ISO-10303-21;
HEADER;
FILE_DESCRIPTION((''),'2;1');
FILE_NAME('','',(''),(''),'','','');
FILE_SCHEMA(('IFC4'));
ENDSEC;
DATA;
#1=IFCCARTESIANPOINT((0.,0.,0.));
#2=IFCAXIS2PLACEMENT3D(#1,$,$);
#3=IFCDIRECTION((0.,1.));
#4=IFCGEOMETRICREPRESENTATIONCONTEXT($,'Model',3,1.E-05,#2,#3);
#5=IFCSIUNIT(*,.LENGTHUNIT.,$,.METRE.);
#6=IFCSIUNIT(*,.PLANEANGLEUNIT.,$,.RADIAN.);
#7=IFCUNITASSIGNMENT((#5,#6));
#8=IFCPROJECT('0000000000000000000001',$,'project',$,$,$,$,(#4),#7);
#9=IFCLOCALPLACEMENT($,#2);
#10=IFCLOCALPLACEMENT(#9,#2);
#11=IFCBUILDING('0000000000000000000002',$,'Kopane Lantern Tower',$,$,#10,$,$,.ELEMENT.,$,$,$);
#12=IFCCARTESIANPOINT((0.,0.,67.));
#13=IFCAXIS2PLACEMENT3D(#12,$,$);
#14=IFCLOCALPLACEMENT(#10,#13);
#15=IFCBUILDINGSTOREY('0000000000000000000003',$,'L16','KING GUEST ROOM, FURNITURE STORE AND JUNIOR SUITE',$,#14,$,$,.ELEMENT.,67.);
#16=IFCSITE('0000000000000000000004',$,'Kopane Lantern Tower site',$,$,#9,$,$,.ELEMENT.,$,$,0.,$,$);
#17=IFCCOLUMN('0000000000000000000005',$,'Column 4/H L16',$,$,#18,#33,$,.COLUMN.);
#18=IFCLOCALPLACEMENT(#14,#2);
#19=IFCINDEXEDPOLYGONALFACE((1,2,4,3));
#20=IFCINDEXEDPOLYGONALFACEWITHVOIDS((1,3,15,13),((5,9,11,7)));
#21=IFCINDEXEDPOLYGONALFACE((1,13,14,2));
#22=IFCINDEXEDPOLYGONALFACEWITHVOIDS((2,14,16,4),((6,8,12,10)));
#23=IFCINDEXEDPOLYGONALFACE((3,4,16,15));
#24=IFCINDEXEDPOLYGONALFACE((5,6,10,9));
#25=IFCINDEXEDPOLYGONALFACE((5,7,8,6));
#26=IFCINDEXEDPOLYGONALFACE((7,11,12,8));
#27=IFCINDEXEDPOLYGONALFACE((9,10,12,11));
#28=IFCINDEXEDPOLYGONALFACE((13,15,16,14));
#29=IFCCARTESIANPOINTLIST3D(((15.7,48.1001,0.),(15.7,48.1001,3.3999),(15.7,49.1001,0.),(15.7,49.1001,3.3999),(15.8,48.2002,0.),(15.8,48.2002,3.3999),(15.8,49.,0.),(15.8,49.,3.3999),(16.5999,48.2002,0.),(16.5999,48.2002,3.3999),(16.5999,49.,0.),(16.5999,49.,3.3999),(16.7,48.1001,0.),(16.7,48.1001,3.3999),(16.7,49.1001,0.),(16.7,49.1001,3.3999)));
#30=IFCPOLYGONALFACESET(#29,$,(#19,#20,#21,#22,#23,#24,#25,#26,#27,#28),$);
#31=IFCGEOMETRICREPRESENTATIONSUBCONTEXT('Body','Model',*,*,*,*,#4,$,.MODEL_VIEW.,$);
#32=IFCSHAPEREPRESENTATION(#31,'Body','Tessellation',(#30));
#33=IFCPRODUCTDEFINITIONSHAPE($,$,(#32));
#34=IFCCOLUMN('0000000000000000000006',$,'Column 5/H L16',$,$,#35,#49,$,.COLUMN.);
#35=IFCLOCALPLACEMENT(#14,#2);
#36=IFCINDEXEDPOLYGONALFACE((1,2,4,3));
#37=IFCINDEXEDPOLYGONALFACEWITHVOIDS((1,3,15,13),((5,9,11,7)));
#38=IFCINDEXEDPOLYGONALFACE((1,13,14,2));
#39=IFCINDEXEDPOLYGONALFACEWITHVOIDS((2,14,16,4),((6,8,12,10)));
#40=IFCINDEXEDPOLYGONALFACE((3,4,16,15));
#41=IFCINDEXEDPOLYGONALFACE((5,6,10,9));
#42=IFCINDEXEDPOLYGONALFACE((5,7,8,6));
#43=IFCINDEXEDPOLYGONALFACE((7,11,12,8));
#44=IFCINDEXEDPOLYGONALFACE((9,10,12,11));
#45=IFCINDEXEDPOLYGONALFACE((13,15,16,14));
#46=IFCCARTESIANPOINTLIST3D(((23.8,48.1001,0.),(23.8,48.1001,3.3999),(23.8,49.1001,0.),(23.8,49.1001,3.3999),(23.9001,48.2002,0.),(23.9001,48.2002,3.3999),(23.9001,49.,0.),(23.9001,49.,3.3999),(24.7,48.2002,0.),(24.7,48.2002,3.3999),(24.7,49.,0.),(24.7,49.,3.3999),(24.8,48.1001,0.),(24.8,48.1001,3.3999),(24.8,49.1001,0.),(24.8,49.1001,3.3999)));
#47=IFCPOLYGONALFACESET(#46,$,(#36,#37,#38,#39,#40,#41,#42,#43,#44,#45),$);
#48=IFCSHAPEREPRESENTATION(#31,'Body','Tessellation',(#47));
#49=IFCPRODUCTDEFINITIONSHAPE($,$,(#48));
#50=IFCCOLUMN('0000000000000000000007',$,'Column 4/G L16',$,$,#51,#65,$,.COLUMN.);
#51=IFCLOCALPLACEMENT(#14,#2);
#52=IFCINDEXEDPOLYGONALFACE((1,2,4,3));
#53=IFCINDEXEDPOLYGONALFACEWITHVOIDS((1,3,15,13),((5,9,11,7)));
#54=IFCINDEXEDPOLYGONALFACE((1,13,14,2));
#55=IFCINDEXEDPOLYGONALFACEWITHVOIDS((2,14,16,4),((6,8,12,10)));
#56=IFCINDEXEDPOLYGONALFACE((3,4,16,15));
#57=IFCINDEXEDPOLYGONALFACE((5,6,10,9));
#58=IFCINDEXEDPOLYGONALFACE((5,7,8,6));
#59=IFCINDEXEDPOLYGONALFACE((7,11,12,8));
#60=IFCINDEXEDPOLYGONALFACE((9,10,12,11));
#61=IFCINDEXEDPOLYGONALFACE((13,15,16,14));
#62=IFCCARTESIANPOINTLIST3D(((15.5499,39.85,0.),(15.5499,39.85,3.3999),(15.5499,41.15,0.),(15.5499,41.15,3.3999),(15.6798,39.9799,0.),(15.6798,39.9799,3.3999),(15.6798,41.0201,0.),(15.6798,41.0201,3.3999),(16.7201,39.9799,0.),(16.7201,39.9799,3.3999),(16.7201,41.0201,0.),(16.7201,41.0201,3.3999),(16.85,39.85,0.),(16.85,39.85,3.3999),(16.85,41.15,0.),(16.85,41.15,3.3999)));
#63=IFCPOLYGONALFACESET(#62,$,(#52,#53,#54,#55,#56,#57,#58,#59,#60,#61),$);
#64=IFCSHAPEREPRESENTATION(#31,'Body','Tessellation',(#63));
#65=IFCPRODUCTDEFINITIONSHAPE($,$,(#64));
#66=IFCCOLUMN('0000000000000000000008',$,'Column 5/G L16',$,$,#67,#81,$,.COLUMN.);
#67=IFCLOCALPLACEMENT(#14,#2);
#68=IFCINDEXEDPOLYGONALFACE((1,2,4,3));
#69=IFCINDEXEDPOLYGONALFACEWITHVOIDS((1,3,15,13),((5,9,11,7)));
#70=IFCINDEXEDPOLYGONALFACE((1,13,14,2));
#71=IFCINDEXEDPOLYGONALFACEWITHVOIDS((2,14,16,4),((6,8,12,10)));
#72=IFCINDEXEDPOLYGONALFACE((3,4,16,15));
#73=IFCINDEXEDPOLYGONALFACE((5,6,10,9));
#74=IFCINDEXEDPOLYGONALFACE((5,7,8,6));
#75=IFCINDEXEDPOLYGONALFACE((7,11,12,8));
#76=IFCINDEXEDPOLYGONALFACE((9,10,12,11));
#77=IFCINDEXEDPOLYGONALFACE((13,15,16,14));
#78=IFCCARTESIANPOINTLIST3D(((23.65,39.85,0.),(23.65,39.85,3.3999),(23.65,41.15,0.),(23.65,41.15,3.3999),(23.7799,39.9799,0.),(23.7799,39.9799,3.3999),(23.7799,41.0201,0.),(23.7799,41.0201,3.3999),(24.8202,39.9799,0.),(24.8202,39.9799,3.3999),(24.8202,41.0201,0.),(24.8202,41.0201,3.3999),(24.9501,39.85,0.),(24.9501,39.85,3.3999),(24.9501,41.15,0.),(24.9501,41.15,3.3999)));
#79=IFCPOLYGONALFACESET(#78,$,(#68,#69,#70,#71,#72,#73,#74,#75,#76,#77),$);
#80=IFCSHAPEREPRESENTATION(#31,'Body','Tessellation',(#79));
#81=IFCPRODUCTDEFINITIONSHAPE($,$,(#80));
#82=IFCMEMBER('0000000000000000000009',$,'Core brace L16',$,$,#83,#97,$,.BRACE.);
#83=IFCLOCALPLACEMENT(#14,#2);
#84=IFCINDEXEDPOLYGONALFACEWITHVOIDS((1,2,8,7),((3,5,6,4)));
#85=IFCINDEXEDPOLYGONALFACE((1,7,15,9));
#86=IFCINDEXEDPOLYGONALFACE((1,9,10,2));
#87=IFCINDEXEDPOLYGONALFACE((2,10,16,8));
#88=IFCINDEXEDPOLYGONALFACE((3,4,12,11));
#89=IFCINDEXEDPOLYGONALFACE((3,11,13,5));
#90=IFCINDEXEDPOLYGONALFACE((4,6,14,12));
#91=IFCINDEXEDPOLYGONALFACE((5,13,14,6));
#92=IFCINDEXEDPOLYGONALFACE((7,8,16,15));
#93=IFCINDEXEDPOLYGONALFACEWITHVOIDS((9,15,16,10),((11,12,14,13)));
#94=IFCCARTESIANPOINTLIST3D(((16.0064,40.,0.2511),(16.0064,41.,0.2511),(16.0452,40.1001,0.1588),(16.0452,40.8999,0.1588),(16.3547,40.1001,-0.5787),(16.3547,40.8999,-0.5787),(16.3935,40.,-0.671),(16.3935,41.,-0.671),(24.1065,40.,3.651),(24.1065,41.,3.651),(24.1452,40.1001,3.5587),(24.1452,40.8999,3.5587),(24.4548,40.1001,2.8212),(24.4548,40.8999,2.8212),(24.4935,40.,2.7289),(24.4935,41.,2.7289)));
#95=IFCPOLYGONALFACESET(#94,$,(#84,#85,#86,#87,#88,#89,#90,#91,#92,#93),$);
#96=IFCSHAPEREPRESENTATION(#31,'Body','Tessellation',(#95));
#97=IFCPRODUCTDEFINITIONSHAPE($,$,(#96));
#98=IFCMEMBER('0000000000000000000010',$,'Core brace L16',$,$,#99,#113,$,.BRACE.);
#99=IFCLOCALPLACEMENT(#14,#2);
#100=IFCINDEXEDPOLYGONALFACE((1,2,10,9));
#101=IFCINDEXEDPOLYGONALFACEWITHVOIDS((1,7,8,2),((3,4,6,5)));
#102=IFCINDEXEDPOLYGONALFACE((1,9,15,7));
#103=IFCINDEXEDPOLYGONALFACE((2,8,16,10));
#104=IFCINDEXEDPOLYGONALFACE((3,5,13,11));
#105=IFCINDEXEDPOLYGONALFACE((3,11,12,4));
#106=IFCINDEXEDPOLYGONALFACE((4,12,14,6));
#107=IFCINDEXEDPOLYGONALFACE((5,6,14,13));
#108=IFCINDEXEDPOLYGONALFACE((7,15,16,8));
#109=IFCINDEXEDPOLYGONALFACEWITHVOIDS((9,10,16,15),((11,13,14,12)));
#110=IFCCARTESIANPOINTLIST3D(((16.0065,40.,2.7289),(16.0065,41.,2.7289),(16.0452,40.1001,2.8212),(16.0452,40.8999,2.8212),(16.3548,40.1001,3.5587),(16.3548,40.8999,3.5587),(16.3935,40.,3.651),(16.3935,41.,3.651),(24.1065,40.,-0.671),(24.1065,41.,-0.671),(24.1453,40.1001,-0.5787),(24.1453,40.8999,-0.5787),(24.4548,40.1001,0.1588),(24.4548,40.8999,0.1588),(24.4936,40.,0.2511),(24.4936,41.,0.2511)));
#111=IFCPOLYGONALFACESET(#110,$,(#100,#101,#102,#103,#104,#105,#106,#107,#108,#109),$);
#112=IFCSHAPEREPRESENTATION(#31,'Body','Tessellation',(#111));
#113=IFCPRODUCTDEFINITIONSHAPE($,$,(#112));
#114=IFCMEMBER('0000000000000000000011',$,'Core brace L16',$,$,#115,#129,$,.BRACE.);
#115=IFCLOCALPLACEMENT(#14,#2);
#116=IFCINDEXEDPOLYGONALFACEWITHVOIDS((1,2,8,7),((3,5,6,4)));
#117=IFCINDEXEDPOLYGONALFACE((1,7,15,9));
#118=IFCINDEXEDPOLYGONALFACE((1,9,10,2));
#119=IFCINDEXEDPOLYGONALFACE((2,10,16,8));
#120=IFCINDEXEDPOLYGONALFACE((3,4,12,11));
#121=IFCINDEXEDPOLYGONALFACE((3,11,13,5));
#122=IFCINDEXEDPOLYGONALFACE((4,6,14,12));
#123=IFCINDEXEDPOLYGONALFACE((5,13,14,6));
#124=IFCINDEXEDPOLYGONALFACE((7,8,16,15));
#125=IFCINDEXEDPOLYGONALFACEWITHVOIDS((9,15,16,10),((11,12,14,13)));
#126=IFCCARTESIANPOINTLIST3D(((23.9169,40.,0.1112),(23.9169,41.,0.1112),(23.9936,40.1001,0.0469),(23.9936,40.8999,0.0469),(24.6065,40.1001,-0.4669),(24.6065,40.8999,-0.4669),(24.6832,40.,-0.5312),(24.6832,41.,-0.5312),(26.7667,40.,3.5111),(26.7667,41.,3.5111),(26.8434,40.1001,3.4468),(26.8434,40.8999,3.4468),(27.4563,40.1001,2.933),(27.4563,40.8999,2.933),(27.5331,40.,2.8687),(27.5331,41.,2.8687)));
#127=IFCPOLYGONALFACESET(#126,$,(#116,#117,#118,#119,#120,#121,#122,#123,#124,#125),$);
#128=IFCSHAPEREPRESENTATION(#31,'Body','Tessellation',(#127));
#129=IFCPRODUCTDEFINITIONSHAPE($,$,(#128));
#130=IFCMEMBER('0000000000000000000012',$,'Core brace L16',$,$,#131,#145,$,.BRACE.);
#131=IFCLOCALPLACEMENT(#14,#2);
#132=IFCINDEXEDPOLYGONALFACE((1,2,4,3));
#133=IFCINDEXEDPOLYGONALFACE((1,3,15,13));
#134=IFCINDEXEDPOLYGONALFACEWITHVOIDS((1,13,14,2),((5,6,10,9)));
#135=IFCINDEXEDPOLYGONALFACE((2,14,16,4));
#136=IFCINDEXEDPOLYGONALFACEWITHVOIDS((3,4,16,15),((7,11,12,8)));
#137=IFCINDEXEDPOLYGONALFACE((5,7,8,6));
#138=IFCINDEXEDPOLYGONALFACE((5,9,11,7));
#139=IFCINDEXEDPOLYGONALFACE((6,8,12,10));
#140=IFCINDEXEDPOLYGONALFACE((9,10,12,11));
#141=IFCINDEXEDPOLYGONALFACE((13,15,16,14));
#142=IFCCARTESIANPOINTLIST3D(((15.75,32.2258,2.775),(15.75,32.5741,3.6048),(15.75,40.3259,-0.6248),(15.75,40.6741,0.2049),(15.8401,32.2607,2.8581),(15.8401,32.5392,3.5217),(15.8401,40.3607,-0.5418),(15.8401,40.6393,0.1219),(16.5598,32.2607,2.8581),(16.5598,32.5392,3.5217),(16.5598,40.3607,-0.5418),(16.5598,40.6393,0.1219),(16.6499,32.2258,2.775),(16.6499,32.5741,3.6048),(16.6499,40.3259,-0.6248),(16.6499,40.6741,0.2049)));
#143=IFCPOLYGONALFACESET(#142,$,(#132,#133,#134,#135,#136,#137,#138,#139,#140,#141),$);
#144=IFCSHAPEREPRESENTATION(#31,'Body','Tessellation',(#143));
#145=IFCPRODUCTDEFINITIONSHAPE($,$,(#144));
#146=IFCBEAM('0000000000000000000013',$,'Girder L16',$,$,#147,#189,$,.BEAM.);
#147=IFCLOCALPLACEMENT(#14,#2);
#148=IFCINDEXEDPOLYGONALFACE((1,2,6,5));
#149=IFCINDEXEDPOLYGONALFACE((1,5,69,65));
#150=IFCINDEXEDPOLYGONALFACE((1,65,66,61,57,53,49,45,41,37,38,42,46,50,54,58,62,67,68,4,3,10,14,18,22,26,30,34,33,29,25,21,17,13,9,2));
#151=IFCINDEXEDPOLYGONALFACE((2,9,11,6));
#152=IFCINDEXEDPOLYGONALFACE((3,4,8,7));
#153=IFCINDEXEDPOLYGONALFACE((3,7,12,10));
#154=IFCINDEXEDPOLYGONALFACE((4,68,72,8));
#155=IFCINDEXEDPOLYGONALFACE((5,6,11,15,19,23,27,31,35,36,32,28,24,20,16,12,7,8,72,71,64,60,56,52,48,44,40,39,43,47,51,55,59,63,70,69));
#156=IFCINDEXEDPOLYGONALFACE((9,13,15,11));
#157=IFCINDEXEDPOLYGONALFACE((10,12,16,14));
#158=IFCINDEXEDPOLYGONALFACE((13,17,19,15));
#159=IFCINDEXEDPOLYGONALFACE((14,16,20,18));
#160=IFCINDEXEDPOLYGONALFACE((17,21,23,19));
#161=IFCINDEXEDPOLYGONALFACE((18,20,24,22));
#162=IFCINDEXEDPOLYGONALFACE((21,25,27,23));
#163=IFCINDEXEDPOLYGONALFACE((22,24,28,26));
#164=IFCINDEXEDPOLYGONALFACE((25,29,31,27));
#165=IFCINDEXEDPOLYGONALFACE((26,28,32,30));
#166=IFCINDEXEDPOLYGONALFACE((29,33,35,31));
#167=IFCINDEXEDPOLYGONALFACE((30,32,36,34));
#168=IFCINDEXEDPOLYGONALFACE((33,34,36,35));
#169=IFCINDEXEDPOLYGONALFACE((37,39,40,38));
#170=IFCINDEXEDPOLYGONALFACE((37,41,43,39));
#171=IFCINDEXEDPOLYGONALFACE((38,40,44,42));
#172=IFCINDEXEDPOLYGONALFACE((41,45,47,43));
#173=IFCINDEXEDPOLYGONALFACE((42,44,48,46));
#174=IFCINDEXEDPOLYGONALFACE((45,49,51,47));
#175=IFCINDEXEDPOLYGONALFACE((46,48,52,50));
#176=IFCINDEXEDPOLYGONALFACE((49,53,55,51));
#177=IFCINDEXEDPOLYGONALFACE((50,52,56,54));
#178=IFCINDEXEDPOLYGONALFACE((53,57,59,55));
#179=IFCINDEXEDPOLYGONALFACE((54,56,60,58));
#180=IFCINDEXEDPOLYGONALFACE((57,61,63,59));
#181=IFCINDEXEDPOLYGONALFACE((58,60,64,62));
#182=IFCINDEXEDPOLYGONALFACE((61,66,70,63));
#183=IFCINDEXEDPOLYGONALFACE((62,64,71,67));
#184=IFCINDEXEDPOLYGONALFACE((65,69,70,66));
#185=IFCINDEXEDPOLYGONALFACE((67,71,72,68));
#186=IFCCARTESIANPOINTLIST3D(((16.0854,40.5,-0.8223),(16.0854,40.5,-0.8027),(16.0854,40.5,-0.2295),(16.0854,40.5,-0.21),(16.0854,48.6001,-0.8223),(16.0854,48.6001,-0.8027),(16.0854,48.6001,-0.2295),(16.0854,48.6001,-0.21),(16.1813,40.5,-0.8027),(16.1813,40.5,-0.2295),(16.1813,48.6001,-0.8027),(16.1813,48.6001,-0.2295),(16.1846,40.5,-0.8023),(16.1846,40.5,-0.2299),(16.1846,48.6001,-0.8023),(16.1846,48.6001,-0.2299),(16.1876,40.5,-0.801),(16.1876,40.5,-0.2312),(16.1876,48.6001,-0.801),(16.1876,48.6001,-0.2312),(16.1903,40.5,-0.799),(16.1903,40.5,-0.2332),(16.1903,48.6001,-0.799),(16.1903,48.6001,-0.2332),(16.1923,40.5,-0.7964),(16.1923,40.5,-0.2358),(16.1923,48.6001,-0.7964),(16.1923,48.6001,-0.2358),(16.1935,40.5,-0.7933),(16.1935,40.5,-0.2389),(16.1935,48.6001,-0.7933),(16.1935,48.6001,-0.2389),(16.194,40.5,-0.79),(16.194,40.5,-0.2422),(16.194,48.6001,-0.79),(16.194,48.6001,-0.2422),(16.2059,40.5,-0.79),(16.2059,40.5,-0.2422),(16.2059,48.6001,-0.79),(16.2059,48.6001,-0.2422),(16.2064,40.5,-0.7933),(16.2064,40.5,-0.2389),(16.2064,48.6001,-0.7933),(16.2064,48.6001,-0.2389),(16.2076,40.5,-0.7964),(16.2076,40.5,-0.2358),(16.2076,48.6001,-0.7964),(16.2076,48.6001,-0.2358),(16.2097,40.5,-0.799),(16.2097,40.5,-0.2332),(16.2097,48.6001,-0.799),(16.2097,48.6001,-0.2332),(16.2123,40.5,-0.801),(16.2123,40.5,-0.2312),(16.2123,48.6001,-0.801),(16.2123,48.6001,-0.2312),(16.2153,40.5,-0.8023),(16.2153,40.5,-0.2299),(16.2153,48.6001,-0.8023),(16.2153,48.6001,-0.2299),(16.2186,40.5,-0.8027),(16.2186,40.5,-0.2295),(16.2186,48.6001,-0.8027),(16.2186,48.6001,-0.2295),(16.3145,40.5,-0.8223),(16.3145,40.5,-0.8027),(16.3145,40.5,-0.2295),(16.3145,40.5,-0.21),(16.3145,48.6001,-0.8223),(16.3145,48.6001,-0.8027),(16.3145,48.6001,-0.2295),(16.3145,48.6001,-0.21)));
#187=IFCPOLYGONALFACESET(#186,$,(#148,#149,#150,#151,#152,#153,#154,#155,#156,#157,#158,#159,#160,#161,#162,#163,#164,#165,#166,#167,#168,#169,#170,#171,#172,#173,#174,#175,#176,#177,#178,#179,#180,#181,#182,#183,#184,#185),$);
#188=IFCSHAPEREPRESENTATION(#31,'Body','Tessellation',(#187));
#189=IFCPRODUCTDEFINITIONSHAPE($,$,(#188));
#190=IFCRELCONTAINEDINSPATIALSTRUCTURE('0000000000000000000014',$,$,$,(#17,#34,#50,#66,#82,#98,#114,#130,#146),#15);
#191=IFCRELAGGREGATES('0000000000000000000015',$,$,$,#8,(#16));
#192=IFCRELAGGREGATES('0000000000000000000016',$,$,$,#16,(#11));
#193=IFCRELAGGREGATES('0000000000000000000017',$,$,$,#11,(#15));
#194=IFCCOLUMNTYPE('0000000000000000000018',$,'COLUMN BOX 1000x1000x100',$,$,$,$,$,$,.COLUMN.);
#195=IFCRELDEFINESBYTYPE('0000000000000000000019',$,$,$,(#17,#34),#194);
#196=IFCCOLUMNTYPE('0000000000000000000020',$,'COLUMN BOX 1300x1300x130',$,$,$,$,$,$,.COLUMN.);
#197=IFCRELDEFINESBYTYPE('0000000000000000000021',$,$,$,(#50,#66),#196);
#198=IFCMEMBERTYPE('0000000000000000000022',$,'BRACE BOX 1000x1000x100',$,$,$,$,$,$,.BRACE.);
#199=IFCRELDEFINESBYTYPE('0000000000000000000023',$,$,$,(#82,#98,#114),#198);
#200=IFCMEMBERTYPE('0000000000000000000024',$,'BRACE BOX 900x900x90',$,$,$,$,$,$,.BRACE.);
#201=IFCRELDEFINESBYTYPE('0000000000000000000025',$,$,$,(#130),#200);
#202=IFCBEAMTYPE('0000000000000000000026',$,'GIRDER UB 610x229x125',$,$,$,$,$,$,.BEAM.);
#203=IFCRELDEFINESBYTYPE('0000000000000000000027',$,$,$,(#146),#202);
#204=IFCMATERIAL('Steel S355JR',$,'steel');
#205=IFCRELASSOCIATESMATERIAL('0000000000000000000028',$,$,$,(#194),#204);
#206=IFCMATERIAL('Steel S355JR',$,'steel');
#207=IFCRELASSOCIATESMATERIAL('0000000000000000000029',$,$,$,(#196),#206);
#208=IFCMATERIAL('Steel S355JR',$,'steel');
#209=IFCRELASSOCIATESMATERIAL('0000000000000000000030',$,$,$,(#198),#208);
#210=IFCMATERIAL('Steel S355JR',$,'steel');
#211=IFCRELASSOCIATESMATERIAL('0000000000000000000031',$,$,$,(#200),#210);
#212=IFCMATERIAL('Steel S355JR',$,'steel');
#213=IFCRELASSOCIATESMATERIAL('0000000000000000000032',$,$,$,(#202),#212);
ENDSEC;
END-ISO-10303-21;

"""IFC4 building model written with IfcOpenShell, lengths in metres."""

from ifc_helpers import new_model, si_unit, direction, frame, origin, origin_2d, place, context, subcontext, project, spatial, hollow_rectangle, i_section, extrude, material, material_profile, profile_set, type_object, element, save


model = new_model("IFC4")

# Units and contexts
model_context = context("Model", 3, precision=1e-05, world=origin(), true_north=direction((0.0, 1.0)))
body_context = subcontext(model_context, "Body", "Model", "MODEL_VIEW")
ifc_project = project(units=[si_unit("LENGTHUNIT", "METRE"), si_unit("PLANEANGLEUNIT", "RADIAN")], contexts=[model_context])

# Site, building, storey
site_placement = place(None, origin())
site = spatial("IfcSite", under=ifc_project, at=site_placement, Name="Kopane Lantern Tower site", CompositionType="ELEMENT", RefElevation=0.0)
building_placement = place(site_placement, origin())
building = spatial("IfcBuilding", under=site, at=building_placement, Name="Kopane Lantern Tower", CompositionType="ELEMENT")
storey_placement = place(building_placement, frame((0.0, 0.0, 67.0)))
storey = spatial("IfcBuildingStorey", under=building, at=storey_placement, Name="L16", Description="KING GUEST ROOM, FURNITURE STORE AND JUNIOR SUITE", CompositionType="ELEMENT", Elevation=67.0)

# Columns
ifc_material_1 = material(Name="Steel S355JR", Category="steel")
ifc_material_profile_1 = material_profile(ifc_material_1, hollow_rectangle(XDim=1.0, YDim=1.0, WallThickness=0.1001, at=origin_2d()), Name="BOX 1000x1000x100")
ifc_profile_set_1 = profile_set([ifc_material_profile_1], Name="Steel S355JR")
column_type_1 = type_object("IfcColumnType", Name="COLUMN BOX 1000x1000x100", PredefinedType="COLUMN", material=ifc_profile_set_1)
for number, where, z_axis, x_axis, name in (
    (1, (16.2, 48.6001, 0.0), (0.0, 0.0, 1.0), (1.0, 0.0, 0.0), "Column 4/H L16"),
    (2, (24.3, 48.6001, 0.0), (0.0, 0.0, 1.0), (1.0, 0.0, 0.0), "Column 5/H L16"),
):
    element("IfcColumn", number, at=place(storey_placement, frame(where, z_axis=z_axis, x_axis=x_axis)), inside=storey, type_object=column_type_1, Name=name, PredefinedType="COLUMN", context=body_context, shape_type="SweptSolid", body=[
        extrude(hollow_rectangle(XDim=1.0, YDim=1.0, WallThickness=0.1001, at=origin_2d()), origin(), (0.0, 0.0, 1.0), 3.3999),
    ])
ifc_material_2 = material(Name="Steel S355JR", Category="steel")
ifc_material_profile_2 = material_profile(ifc_material_2, hollow_rectangle(XDim=1.3, YDim=1.3, WallThickness=0.1299, at=origin_2d()), Name="BOX 1300x1300x130")
ifc_profile_set_2 = profile_set([ifc_material_profile_2], Name="Steel S355JR")
column_type_2 = type_object("IfcColumnType", Name="COLUMN BOX 1300x1300x130", PredefinedType="COLUMN", material=ifc_profile_set_2)
for number, where, z_axis, x_axis, name in (
    (3, (16.2, 40.5, 0.0), (0.0, 0.0, 1.0), (1.0, 0.0, 0.0), "Column 4/G L16"),
    (4, (24.3, 40.5, 0.0), (0.0, 0.0, 1.0), (1.0, 0.0, 0.0), "Column 5/G L16"),
):
    element("IfcColumn", number, at=place(storey_placement, frame(where, z_axis=z_axis, x_axis=x_axis)), inside=storey, type_object=column_type_2, Name=name, PredefinedType="COLUMN", context=body_context, shape_type="SweptSolid", body=[
        extrude(hollow_rectangle(XDim=1.3, YDim=1.3, WallThickness=0.1299, at=origin_2d()), origin(), (0.0, 0.0, 1.0), 3.3999),
    ])

# Members
ifc_material_3 = material(Name="Steel S355JR", Category="steel")
ifc_material_profile_3 = material_profile(ifc_material_3, hollow_rectangle(XDim=1.0, YDim=1.0, WallThickness=0.1001, at=origin_2d()), Name="BOX 1000x1000x100")
ifc_profile_set_3 = profile_set([ifc_material_profile_3], Name="Steel S355JR")
member_type_1 = type_object("IfcMemberType", Name="BRACE BOX 1000x1000x100", PredefinedType="BRACE", material=ifc_profile_set_3)
for number, where, z_axis, x_axis, name in (
    (5, (16.2, 40.5, -0.21), (0.922069, 0.0, 0.387026), (0.0, 1.0, 0.0), "Core brace L16"),
    (6, (24.3, 40.5, -0.21), (-0.922069, 0.0, 0.387026), (0.0, -1.0, 0.0), "Core brace L16"),
):
    element("IfcMember", number, at=place(storey_placement, frame(where, z_axis=z_axis, x_axis=x_axis)), inside=storey, type_object=member_type_1, Name=name, PredefinedType="BRACE", context=body_context, shape_type="SweptSolid", body=[
        extrude(hollow_rectangle(XDim=1.0, YDim=1.0, WallThickness=0.1001, at=origin_2d()), origin(), (0.0, 0.0, 1.0), 8.7847),
    ])
member_1_placement = place(storey_placement, frame((24.3, 40.5, -0.21), z_axis=(0.64239, 0.0, 0.766378), x_axis=(0.0, 1.0, 0.0)))
element("IfcMember", 7, at=member_1_placement, inside=storey, type_object=member_type_1, Name="Core brace L16", PredefinedType="BRACE", context=body_context, shape_type="SweptSolid", body=[
    extrude(hollow_rectangle(XDim=1.0, YDim=1.0, WallThickness=0.1001, at=origin_2d()), origin(), (0.0, 0.0, 1.0), 4.4363),
])
ifc_material_4 = material(Name="Steel S355JR", Category="steel")
ifc_material_profile_4 = material_profile(ifc_material_4, hollow_rectangle(XDim=0.8999, YDim=0.8999, WallThickness=0.0901, at=origin_2d()), Name="BOX 900x900x90")
ifc_profile_set_4 = profile_set([ifc_material_profile_4], Name="Steel S355JR")
member_type_2 = type_object("IfcMemberType", Name="BRACE BOX 900x900x90", PredefinedType="BRACE", material=ifc_profile_set_4)
member_2_placement = place(storey_placement, frame((16.2, 40.5, -0.21), z_axis=(0.0, -0.922069, 0.387026), x_axis=(1.0, 0.0, 0.0)))
element("IfcMember", 8, at=member_2_placement, inside=storey, type_object=member_type_2, Name="Core brace L16", PredefinedType="BRACE", context=body_context, shape_type="SweptSolid", body=[
    extrude(hollow_rectangle(XDim=0.8999, YDim=0.8999, WallThickness=0.0901, at=origin_2d()), origin(), (0.0, 0.0, 1.0), 8.7847),
])

# Beam
ifc_material_5 = material(Name="Steel S355JR", Category="steel")
ifc_material_profile_5 = material_profile(ifc_material_5, i_section(OverallWidth=0.229, OverallDepth=0.6123, WebThickness=0.012, FlangeThickness=0.0195, FilletRadius=0.0127, at=origin_2d()), Name="UB 610x229x125")
ifc_profile_set_5 = profile_set([ifc_material_profile_5], Name="Steel S355JR")
beam_type_1 = type_object("IfcBeamType", Name="GIRDER UB 610x229x125", PredefinedType="BEAM", material=ifc_profile_set_5)
for number, where, z_axis, x_axis, name in (
    (9, (16.2, 40.5, -0.5161), (0.0, 1.0, 0.0), (-1.0, 0.0, 0.0), "Girder L16"),
):
    element("IfcBeam", number, at=place(storey_placement, frame(where, z_axis=z_axis, x_axis=x_axis)), inside=storey, type_object=beam_type_1, Name=name, PredefinedType="BEAM", context=body_context, shape_type="SweptSolid", body=[
        extrude(i_section(OverallWidth=0.229, OverallDepth=0.6123, WebThickness=0.012, FlangeThickness=0.0195, FilletRadius=0.0127, at=origin_2d()), origin(), (0.0, 0.0, 1.0), 8.1001),
    ])

save(model, "model.ifc")
